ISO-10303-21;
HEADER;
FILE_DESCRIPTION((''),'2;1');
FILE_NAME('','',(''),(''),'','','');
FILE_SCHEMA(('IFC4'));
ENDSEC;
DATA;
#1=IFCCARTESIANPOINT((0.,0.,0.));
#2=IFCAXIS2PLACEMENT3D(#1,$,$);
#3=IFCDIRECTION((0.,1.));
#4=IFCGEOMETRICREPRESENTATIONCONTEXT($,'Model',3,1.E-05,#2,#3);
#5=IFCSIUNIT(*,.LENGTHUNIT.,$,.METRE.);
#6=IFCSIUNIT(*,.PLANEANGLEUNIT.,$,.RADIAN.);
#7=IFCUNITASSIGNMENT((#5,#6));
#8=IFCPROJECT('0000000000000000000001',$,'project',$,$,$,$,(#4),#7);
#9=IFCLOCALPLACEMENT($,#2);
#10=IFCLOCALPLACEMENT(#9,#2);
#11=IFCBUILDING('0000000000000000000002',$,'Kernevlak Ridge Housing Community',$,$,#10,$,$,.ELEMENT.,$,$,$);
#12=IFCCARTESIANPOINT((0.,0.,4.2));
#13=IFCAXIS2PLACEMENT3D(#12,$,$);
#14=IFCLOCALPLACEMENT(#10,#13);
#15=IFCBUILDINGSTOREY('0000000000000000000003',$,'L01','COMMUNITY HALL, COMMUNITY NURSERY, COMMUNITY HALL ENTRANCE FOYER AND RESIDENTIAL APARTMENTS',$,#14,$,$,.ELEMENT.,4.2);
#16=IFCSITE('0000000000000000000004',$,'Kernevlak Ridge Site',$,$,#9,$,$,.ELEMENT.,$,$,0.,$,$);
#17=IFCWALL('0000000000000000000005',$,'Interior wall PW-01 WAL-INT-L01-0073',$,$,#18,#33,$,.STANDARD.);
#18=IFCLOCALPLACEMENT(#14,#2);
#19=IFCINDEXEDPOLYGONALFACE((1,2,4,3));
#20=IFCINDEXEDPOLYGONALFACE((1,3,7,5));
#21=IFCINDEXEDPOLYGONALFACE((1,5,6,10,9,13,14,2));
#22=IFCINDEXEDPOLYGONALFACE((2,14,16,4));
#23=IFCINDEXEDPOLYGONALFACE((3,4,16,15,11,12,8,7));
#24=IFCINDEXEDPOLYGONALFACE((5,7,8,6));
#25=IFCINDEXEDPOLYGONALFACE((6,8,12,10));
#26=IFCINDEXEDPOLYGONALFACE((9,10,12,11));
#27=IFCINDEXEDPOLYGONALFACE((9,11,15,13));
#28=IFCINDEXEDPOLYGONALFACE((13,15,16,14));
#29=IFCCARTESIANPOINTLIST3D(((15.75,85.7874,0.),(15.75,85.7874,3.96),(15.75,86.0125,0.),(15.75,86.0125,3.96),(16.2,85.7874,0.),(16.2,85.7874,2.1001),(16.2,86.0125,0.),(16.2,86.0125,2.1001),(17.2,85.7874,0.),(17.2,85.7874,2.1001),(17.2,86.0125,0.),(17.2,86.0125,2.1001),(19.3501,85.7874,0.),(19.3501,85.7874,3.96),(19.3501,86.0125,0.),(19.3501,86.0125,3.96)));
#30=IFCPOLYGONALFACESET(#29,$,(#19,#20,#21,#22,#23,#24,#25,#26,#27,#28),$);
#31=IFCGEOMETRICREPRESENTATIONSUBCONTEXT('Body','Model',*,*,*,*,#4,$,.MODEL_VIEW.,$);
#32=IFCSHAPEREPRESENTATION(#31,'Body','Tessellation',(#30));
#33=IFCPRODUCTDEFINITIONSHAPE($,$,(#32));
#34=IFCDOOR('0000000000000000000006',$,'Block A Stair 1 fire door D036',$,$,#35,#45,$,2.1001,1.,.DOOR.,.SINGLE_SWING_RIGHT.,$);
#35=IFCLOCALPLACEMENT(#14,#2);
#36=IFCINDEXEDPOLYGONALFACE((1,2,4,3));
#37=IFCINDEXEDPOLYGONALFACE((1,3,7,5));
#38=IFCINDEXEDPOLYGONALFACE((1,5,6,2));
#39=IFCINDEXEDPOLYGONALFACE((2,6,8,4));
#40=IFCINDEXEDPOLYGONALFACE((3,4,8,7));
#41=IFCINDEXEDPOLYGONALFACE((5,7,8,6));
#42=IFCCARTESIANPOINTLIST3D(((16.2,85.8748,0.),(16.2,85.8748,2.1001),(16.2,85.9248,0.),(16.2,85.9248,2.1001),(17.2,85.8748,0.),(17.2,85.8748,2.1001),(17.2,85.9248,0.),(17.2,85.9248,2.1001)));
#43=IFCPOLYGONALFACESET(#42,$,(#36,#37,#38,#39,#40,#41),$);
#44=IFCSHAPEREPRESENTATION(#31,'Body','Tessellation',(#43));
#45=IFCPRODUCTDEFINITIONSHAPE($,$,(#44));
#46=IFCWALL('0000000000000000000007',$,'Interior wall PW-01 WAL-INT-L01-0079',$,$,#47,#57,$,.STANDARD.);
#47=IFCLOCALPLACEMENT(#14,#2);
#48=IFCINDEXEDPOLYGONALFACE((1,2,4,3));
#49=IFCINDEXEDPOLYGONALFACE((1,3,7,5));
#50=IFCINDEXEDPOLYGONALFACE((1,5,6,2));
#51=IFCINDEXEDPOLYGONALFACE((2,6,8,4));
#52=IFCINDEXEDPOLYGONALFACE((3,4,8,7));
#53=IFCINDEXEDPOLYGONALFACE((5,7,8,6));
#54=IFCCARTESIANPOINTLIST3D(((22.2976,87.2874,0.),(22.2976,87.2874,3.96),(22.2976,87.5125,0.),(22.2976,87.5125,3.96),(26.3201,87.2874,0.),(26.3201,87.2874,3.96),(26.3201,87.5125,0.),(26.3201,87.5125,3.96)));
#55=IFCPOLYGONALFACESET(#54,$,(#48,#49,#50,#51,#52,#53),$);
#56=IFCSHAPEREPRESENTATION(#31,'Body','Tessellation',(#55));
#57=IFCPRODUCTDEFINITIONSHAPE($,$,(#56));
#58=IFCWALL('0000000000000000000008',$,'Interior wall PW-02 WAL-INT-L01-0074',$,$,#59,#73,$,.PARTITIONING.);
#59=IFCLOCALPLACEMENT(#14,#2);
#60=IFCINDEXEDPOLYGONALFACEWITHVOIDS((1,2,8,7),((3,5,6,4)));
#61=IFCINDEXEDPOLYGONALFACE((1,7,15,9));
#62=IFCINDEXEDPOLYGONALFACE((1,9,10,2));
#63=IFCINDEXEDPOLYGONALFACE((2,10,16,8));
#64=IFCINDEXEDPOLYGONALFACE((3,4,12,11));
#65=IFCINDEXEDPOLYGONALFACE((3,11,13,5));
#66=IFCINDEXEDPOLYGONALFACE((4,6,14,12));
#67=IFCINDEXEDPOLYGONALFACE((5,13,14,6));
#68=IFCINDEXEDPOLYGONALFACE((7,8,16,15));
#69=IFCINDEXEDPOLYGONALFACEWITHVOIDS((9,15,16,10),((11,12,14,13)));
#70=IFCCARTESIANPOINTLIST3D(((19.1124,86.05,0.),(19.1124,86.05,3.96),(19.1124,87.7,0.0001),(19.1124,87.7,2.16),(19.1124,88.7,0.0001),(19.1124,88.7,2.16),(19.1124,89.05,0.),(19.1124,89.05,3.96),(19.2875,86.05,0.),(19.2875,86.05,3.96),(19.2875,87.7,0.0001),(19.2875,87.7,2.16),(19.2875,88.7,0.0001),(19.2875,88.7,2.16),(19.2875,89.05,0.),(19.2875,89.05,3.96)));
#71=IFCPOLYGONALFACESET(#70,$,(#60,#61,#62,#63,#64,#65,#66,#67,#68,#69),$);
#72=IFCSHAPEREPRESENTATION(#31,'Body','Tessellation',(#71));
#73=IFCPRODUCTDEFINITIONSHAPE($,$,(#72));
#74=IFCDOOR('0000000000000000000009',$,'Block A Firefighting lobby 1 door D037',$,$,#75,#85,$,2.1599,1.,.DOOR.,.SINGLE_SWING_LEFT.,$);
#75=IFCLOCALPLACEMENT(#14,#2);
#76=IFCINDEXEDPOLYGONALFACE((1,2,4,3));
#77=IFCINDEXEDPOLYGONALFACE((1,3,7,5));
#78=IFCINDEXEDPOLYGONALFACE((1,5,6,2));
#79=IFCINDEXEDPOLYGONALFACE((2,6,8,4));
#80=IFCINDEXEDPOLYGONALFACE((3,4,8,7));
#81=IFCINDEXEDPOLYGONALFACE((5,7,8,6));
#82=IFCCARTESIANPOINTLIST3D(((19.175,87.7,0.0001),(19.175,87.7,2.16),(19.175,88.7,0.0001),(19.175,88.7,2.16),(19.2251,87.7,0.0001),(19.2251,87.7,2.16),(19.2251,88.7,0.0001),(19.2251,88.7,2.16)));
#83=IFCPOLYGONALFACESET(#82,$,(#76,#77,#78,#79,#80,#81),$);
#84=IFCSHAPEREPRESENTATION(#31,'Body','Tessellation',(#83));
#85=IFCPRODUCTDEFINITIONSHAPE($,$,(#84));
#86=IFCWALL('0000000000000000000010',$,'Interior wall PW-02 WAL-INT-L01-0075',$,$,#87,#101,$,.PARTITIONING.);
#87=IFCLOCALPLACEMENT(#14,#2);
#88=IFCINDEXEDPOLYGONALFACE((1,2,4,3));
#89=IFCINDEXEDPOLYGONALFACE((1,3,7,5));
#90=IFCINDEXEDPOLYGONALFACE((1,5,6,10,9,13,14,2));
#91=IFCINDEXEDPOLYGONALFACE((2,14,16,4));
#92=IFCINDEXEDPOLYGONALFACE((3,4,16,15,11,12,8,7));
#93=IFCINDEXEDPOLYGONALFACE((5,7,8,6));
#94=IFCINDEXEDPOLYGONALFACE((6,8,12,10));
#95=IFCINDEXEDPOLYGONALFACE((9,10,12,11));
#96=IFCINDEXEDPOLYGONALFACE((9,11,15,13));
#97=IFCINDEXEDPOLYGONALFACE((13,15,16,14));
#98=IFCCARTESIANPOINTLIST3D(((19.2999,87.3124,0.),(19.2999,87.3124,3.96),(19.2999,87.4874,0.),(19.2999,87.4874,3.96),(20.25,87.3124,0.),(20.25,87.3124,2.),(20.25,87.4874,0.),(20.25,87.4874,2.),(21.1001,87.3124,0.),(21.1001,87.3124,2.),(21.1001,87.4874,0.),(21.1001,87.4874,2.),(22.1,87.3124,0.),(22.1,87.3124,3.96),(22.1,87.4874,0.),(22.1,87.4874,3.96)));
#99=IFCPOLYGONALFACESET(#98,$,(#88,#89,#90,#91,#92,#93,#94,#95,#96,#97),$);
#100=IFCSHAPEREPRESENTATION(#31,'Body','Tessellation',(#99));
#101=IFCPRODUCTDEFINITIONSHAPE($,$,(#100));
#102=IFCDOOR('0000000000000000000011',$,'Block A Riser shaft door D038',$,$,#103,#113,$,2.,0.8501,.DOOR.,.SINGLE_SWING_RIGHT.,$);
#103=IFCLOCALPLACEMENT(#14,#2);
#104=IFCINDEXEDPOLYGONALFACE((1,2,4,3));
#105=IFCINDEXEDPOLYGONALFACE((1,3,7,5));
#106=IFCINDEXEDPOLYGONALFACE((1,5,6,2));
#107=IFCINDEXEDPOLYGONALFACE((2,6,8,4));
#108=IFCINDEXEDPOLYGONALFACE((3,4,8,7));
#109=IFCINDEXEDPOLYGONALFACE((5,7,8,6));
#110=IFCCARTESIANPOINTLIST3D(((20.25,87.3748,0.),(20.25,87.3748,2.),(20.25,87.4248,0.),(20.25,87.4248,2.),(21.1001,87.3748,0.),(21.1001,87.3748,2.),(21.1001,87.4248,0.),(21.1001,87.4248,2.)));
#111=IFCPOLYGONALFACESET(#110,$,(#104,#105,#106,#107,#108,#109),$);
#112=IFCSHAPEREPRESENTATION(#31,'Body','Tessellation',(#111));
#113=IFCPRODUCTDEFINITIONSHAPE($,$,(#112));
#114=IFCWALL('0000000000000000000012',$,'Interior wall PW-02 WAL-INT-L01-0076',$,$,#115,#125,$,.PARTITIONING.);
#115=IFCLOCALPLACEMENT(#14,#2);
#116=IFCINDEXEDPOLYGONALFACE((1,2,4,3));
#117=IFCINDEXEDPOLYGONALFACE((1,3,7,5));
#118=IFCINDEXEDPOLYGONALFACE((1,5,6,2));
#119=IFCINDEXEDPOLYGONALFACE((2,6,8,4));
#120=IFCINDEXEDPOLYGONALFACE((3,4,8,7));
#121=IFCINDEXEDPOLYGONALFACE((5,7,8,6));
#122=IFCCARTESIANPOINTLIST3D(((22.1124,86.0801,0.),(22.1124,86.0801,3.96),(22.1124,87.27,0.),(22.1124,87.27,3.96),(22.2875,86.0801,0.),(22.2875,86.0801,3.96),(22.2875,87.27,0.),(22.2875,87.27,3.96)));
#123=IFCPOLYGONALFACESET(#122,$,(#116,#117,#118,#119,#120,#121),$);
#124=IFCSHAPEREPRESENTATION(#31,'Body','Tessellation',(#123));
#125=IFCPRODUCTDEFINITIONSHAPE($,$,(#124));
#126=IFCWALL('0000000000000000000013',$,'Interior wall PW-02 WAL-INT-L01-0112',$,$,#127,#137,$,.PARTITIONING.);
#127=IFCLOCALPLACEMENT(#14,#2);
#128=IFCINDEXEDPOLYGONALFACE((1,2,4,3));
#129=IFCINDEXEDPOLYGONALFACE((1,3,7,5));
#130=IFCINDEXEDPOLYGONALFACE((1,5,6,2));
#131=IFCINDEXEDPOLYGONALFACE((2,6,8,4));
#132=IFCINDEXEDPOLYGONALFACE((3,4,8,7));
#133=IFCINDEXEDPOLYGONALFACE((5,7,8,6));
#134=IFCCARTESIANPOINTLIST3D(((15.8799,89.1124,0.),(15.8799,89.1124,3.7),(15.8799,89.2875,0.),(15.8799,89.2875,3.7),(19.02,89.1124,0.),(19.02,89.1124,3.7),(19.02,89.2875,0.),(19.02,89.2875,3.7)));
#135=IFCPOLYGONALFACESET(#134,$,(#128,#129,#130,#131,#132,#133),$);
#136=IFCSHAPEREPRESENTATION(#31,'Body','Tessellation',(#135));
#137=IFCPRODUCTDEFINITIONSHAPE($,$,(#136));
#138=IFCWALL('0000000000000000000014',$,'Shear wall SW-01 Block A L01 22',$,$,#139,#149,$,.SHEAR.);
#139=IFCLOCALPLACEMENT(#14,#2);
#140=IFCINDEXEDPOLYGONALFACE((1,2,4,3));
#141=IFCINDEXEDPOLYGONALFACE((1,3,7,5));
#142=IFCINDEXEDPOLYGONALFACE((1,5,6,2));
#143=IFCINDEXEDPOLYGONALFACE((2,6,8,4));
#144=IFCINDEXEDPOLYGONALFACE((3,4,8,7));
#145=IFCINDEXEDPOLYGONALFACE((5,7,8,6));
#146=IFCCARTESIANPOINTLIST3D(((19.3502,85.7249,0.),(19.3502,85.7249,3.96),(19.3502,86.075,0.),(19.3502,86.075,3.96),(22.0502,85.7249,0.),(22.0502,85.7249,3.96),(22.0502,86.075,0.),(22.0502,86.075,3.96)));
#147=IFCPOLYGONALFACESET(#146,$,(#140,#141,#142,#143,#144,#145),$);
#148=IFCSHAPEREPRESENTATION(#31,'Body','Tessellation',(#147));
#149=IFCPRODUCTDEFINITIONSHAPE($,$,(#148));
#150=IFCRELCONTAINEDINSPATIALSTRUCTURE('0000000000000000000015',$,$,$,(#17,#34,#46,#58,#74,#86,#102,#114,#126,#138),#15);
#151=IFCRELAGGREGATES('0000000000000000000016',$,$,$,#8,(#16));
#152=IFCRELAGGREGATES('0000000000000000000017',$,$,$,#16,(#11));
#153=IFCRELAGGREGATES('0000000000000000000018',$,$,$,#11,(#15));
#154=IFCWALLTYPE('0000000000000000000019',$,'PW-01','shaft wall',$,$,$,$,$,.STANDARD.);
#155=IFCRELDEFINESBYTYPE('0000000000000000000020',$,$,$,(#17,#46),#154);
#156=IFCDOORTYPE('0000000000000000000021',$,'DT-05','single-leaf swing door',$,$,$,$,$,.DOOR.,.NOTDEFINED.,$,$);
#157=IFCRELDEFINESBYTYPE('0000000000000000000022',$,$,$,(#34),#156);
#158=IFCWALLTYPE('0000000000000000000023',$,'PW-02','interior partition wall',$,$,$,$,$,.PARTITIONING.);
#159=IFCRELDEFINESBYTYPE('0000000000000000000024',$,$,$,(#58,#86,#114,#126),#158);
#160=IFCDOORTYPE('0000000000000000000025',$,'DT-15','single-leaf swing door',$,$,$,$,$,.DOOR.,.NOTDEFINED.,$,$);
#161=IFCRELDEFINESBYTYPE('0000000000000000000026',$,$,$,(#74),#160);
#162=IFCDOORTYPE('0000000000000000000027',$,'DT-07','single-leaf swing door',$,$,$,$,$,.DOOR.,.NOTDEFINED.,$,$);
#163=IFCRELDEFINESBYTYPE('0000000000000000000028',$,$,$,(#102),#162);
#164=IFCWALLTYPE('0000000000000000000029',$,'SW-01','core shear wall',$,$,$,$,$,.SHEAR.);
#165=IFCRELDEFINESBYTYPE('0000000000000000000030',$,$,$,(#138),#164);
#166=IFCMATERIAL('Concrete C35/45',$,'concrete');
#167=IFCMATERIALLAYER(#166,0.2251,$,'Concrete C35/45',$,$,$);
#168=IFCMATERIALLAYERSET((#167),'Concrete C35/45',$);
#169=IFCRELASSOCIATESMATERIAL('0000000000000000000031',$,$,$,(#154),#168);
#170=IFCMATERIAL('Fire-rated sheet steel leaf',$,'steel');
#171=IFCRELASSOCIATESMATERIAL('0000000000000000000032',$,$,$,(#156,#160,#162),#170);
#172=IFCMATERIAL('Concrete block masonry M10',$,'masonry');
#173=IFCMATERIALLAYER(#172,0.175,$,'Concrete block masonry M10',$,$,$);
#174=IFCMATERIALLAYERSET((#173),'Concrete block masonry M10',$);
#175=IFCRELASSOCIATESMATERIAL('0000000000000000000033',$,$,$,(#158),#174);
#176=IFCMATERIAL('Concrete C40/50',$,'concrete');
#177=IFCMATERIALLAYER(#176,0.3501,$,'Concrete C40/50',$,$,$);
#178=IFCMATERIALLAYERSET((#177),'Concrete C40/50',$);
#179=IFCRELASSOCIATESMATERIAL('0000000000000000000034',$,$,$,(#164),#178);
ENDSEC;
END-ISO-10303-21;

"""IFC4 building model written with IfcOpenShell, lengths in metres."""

from ifc_helpers import new_model, si_unit, direction, frame, frame_2d, origin, place, context, subcontext, project, spatial, rectangle, extrude, material, layer, layer_set, type_object, element, fill, save


model = new_model("IFC4")

# Units and contexts
model_context = context("Model", 3, precision=1e-05, world=origin(), true_north=direction((0.0, 1.0)))
body_context = subcontext(model_context, "Body", "Model", "MODEL_VIEW")
ifc_project = project(units=[si_unit("LENGTHUNIT", "METRE"), si_unit("PLANEANGLEUNIT", "RADIAN")], contexts=[model_context])

# Site, building, storey
site_placement = place(None, origin())
site = spatial("IfcSite", under=ifc_project, at=site_placement, Name="Kernevlak Ridge Site", CompositionType="ELEMENT", RefElevation=0.0)
building_placement = place(site_placement, origin())
building = spatial("IfcBuilding", under=site, at=building_placement, Name="Kernevlak Ridge Housing Community", CompositionType="ELEMENT")
storey_placement = place(building_placement, frame((0.0, 0.0, 4.2)))
storey = spatial("IfcBuildingStorey", under=building, at=storey_placement, Name="L01", Description="COMMUNITY HALL, COMMUNITY NURSERY, COMMUNITY HALL ENTRANCE FOYER AND RESIDENTIAL APARTMENTS", CompositionType="ELEMENT", Elevation=4.2)

# Shared definitions
ifc_material_1 = material(Name="Concrete C40/50", Category="concrete")

# Shared definitions
ifc_material_2 = material(Name="Concrete C35/45", Category="concrete")

# Wall, opening, door
ifc_layer_1 = layer(ifc_material_2, 0.2251, Name="Concrete C35/45")
ifc_layer_set_1 = layer_set([ifc_layer_1], Name="Concrete C35/45")
wall_type_1 = type_object("IfcWallType", Name="PW-01", Description="shaft wall", PredefinedType="STANDARD", material=ifc_layer_set_1)
wall_1_placement = place(storey_placement, frame((15.75, 85.8999, 0.0), z_axis=(0.0, 0.0, 1.0), x_axis=(1.0, 0.0, 0.0)))
wall_1 = element("IfcWall", 1, at=wall_1_placement, inside=storey, type_object=wall_type_1, Name="Interior wall PW-01 WAL-INT-L01-0073", PredefinedType="STANDARD", context=body_context, shape_type="SweptSolid", body=[
    extrude(rectangle(XDim=3.6001, YDim=0.2251, at=frame_2d((1.8, 0.0))), origin(), (0.0, 0.0, 1.0), 3.96),
])
opening_1_placement = place(wall_1_placement, frame((0.45, 0.0, 0.0)))
opening_1 = element("IfcOpeningElement", 2, at=opening_1_placement, cuts=wall_1, PredefinedType="OPENING", context=body_context, shape_type="SweptSolid", body=[
    extrude(rectangle(XDim=1.0, YDim=2.1001, at=frame_2d((0.5, 1.05))), frame((0.0, 0.1226, 0.0), z_axis=(0.0, -1.0, 0.0), x_axis=(1.0, 0.0, 0.0)), (0.0, 0.0, 1.0), 0.2451),
])
ifc_material_3 = material(Name="Fire-rated sheet steel leaf", Category="steel")
door_type_1 = type_object("IfcDoorType", Name="DT-05", Description="single-leaf swing door", OperationType="NOTDEFINED", PredefinedType="DOOR", material=ifc_material_3)
door_1_placement = place(opening_1_placement, origin())
door_1 = element("IfcDoor", 3, at=door_1_placement, inside=storey, type_object=door_type_1, Name="Block A Stair 1 fire door D036", OperationType="SINGLE_SWING_RIGHT", OverallHeight=2.1001, OverallWidth=1.0, PredefinedType="DOOR", context=body_context, shape_type="SweptSolid", body=[
    extrude(rectangle(XDim=1.0, YDim=2.1001, at=frame_2d((0.5, 1.05))), frame((0.0, 0.0249, 0.0), z_axis=(0.0, -1.0, 0.0), x_axis=(1.0, 0.0, 0.0)), (0.0, 0.0, 1.0), 0.05),
])
fill(opening_1, door_1)

# Wall
wall_2_placement = place(storey_placement, frame((22.2976, 87.3999, 0.0), z_axis=(0.0, 0.0, 1.0), x_axis=(1.0, 0.0, 0.0)))
element("IfcWall", 4, at=wall_2_placement, inside=storey, type_object=wall_type_1, Name="Interior wall PW-01 WAL-INT-L01-0079", PredefinedType="STANDARD", context=body_context, shape_type="SweptSolid", body=[
    extrude(rectangle(XDim=4.0225, YDim=0.2251, at=frame_2d((2.0112, 0.0))), origin(), (0.0, 0.0, 1.0), 3.96),
])

# Walls, openings, doors
ifc_material_4 = material(Name="Concrete block masonry M10", Category="masonry")
ifc_layer_2 = layer(ifc_material_4, 0.175, Name="Concrete block masonry M10")
ifc_layer_set_2 = layer_set([ifc_layer_2], Name="Concrete block masonry M10")
wall_type_2 = type_object("IfcWallType", Name="PW-02", Description="interior partition wall", PredefinedType="PARTITIONING", material=ifc_layer_set_2)
wall_3_placement = place(storey_placement, frame((19.2, 86.05, 0.0), z_axis=(0.0, 0.0, 1.0), x_axis=(0.0, 1.0, 0.0)))
wall_3 = element("IfcWall", 5, at=wall_3_placement, inside=storey, type_object=wall_type_2, Name="Interior wall PW-02 WAL-INT-L01-0074", PredefinedType="PARTITIONING", context=body_context, shape_type="SweptSolid", body=[
    extrude(rectangle(XDim=3.0, YDim=0.175, at=frame_2d((1.5, 0.0))), origin(), (0.0, 0.0, 1.0), 3.96),
])
opening_2_placement = place(wall_3_placement, frame((1.6499, 0.0, 0.0)))
opening_2 = element("IfcOpeningElement", 6, at=opening_2_placement, cuts=wall_3, PredefinedType="OPENING", context=body_context, shape_type="SweptSolid", body=[
    extrude(rectangle(XDim=1.0, YDim=2.1599, at=frame_2d((0.5, 1.0801))), frame((0.0, 0.0974, 0.0), z_axis=(0.0, -1.0, 0.0), x_axis=(1.0, 0.0, 0.0)), (0.0, 0.0, 1.0), 0.1951),
])
door_type_2 = type_object("IfcDoorType", Name="DT-15", Description="single-leaf swing door", OperationType="NOTDEFINED", PredefinedType="DOOR", material=ifc_material_3)
door_2_placement = place(opening_2_placement, origin())
door_2 = element("IfcDoor", 7, at=door_2_placement, inside=storey, type_object=door_type_2, Name="Block A Firefighting lobby 1 door D037", OperationType="SINGLE_SWING_LEFT", OverallHeight=2.1599, OverallWidth=1.0, PredefinedType="DOOR", context=body_context, shape_type="SweptSolid", body=[
    extrude(rectangle(XDim=1.0, YDim=2.1599, at=frame_2d((0.5, 1.0801))), frame((0.0, 0.0249, 0.0), z_axis=(0.0, -1.0, 0.0), x_axis=(1.0, 0.0, 0.0)), (0.0, 0.0, 1.0), 0.05),
])
fill(opening_2, door_2)
wall_4_placement = place(storey_placement, frame((19.3, 87.3999, 0.0), z_axis=(0.0, 0.0, 1.0), x_axis=(1.0, 0.0, 0.0)))
wall_4 = element("IfcWall", 8, at=wall_4_placement, inside=storey, type_object=wall_type_2, Name="Interior wall PW-02 WAL-INT-L01-0075", PredefinedType="PARTITIONING", context=body_context, shape_type="SweptSolid", body=[
    extrude(rectangle(XDim=2.8, YDim=0.175, at=frame_2d((1.3999, 0.0))), origin(), (0.0, 0.0, 1.0), 3.96),
])
opening_3_placement = place(wall_4_placement, frame((0.95, 0.0, 0.0)))
opening_3 = element("IfcOpeningElement", 9, at=opening_3_placement, cuts=wall_4, PredefinedType="OPENING", context=body_context, shape_type="SweptSolid", body=[
    extrude(rectangle(XDim=0.8501, YDim=2.0, at=frame_2d((0.425, 1.0))), frame((0.0, 0.0974, 0.0), z_axis=(0.0, -1.0, 0.0), x_axis=(1.0, 0.0, 0.0)), (0.0, 0.0, 1.0), 0.1951),
])
door_type_3 = type_object("IfcDoorType", Name="DT-07", Description="single-leaf swing door", OperationType="NOTDEFINED", PredefinedType="DOOR", material=ifc_material_3)
door_3_placement = place(opening_3_placement, origin())
door_3 = element("IfcDoor", 10, at=door_3_placement, inside=storey, type_object=door_type_3, Name="Block A Riser shaft door D038", OperationType="SINGLE_SWING_RIGHT", OverallHeight=2.0, OverallWidth=0.8501, PredefinedType="DOOR", context=body_context, shape_type="SweptSolid", body=[
    extrude(rectangle(XDim=0.8501, YDim=2.0, at=frame_2d((0.425, 1.0))), frame((0.0, 0.0249, 0.0), z_axis=(0.0, -1.0, 0.0), x_axis=(1.0, 0.0, 0.0)), (0.0, 0.0, 1.0), 0.05),
])
fill(opening_3, door_3)

# Walls
wall_5_placement = place(storey_placement, frame((22.2, 86.0801, 0.0), z_axis=(0.0, 0.0, 1.0), x_axis=(0.0, 1.0, 0.0)))
element("IfcWall", 11, at=wall_5_placement, inside=storey, type_object=wall_type_2, Name="Interior wall PW-02 WAL-INT-L01-0076", PredefinedType="PARTITIONING", context=body_context, shape_type="SweptSolid", body=[
    extrude(rectangle(XDim=1.1899, YDim=0.175, at=frame_2d((0.595, 0.0))), origin(), (0.0, 0.0, 1.0), 3.96),
])
wall_6_placement = place(storey_placement, frame((15.8799, 89.2, 0.0), z_axis=(0.0, 0.0, 1.0), x_axis=(1.0, 0.0, 0.0)))
element("IfcWall", 12, at=wall_6_placement, inside=storey, type_object=wall_type_2, Name="Interior wall PW-02 WAL-INT-L01-0112", PredefinedType="PARTITIONING", context=body_context, shape_type="SweptSolid", body=[
    extrude(rectangle(XDim=3.1401, YDim=0.175, at=frame_2d((1.5701, 0.0))), origin(), (0.0, 0.0, 1.0), 3.7),
])
ifc_layer_3 = layer(ifc_material_1, 0.3501, Name="Concrete C40/50")
ifc_layer_set_3 = layer_set([ifc_layer_3], Name="Concrete C40/50")
wall_type_3 = type_object("IfcWallType", Name="SW-01", Description="core shear wall", PredefinedType="SHEAR", material=ifc_layer_set_3)
wall_7_placement = place(storey_placement, frame((19.3501, 85.8999, 0.0), z_axis=(0.0, 0.0, 1.0), x_axis=(1.0, 0.0, 0.0)))
element("IfcWall", 13, at=wall_7_placement, inside=storey, type_object=wall_type_3, Name="Shear wall SW-01 Block A L01 22", PredefinedType="SHEAR", context=body_context, shape_type="SweptSolid", body=[
    extrude(rectangle(XDim=2.7, YDim=0.3501, at=frame_2d((1.3501, 0.0))), origin(), (0.0, 0.0, 1.0), 3.96),
])

save(model, "model.ifc")
